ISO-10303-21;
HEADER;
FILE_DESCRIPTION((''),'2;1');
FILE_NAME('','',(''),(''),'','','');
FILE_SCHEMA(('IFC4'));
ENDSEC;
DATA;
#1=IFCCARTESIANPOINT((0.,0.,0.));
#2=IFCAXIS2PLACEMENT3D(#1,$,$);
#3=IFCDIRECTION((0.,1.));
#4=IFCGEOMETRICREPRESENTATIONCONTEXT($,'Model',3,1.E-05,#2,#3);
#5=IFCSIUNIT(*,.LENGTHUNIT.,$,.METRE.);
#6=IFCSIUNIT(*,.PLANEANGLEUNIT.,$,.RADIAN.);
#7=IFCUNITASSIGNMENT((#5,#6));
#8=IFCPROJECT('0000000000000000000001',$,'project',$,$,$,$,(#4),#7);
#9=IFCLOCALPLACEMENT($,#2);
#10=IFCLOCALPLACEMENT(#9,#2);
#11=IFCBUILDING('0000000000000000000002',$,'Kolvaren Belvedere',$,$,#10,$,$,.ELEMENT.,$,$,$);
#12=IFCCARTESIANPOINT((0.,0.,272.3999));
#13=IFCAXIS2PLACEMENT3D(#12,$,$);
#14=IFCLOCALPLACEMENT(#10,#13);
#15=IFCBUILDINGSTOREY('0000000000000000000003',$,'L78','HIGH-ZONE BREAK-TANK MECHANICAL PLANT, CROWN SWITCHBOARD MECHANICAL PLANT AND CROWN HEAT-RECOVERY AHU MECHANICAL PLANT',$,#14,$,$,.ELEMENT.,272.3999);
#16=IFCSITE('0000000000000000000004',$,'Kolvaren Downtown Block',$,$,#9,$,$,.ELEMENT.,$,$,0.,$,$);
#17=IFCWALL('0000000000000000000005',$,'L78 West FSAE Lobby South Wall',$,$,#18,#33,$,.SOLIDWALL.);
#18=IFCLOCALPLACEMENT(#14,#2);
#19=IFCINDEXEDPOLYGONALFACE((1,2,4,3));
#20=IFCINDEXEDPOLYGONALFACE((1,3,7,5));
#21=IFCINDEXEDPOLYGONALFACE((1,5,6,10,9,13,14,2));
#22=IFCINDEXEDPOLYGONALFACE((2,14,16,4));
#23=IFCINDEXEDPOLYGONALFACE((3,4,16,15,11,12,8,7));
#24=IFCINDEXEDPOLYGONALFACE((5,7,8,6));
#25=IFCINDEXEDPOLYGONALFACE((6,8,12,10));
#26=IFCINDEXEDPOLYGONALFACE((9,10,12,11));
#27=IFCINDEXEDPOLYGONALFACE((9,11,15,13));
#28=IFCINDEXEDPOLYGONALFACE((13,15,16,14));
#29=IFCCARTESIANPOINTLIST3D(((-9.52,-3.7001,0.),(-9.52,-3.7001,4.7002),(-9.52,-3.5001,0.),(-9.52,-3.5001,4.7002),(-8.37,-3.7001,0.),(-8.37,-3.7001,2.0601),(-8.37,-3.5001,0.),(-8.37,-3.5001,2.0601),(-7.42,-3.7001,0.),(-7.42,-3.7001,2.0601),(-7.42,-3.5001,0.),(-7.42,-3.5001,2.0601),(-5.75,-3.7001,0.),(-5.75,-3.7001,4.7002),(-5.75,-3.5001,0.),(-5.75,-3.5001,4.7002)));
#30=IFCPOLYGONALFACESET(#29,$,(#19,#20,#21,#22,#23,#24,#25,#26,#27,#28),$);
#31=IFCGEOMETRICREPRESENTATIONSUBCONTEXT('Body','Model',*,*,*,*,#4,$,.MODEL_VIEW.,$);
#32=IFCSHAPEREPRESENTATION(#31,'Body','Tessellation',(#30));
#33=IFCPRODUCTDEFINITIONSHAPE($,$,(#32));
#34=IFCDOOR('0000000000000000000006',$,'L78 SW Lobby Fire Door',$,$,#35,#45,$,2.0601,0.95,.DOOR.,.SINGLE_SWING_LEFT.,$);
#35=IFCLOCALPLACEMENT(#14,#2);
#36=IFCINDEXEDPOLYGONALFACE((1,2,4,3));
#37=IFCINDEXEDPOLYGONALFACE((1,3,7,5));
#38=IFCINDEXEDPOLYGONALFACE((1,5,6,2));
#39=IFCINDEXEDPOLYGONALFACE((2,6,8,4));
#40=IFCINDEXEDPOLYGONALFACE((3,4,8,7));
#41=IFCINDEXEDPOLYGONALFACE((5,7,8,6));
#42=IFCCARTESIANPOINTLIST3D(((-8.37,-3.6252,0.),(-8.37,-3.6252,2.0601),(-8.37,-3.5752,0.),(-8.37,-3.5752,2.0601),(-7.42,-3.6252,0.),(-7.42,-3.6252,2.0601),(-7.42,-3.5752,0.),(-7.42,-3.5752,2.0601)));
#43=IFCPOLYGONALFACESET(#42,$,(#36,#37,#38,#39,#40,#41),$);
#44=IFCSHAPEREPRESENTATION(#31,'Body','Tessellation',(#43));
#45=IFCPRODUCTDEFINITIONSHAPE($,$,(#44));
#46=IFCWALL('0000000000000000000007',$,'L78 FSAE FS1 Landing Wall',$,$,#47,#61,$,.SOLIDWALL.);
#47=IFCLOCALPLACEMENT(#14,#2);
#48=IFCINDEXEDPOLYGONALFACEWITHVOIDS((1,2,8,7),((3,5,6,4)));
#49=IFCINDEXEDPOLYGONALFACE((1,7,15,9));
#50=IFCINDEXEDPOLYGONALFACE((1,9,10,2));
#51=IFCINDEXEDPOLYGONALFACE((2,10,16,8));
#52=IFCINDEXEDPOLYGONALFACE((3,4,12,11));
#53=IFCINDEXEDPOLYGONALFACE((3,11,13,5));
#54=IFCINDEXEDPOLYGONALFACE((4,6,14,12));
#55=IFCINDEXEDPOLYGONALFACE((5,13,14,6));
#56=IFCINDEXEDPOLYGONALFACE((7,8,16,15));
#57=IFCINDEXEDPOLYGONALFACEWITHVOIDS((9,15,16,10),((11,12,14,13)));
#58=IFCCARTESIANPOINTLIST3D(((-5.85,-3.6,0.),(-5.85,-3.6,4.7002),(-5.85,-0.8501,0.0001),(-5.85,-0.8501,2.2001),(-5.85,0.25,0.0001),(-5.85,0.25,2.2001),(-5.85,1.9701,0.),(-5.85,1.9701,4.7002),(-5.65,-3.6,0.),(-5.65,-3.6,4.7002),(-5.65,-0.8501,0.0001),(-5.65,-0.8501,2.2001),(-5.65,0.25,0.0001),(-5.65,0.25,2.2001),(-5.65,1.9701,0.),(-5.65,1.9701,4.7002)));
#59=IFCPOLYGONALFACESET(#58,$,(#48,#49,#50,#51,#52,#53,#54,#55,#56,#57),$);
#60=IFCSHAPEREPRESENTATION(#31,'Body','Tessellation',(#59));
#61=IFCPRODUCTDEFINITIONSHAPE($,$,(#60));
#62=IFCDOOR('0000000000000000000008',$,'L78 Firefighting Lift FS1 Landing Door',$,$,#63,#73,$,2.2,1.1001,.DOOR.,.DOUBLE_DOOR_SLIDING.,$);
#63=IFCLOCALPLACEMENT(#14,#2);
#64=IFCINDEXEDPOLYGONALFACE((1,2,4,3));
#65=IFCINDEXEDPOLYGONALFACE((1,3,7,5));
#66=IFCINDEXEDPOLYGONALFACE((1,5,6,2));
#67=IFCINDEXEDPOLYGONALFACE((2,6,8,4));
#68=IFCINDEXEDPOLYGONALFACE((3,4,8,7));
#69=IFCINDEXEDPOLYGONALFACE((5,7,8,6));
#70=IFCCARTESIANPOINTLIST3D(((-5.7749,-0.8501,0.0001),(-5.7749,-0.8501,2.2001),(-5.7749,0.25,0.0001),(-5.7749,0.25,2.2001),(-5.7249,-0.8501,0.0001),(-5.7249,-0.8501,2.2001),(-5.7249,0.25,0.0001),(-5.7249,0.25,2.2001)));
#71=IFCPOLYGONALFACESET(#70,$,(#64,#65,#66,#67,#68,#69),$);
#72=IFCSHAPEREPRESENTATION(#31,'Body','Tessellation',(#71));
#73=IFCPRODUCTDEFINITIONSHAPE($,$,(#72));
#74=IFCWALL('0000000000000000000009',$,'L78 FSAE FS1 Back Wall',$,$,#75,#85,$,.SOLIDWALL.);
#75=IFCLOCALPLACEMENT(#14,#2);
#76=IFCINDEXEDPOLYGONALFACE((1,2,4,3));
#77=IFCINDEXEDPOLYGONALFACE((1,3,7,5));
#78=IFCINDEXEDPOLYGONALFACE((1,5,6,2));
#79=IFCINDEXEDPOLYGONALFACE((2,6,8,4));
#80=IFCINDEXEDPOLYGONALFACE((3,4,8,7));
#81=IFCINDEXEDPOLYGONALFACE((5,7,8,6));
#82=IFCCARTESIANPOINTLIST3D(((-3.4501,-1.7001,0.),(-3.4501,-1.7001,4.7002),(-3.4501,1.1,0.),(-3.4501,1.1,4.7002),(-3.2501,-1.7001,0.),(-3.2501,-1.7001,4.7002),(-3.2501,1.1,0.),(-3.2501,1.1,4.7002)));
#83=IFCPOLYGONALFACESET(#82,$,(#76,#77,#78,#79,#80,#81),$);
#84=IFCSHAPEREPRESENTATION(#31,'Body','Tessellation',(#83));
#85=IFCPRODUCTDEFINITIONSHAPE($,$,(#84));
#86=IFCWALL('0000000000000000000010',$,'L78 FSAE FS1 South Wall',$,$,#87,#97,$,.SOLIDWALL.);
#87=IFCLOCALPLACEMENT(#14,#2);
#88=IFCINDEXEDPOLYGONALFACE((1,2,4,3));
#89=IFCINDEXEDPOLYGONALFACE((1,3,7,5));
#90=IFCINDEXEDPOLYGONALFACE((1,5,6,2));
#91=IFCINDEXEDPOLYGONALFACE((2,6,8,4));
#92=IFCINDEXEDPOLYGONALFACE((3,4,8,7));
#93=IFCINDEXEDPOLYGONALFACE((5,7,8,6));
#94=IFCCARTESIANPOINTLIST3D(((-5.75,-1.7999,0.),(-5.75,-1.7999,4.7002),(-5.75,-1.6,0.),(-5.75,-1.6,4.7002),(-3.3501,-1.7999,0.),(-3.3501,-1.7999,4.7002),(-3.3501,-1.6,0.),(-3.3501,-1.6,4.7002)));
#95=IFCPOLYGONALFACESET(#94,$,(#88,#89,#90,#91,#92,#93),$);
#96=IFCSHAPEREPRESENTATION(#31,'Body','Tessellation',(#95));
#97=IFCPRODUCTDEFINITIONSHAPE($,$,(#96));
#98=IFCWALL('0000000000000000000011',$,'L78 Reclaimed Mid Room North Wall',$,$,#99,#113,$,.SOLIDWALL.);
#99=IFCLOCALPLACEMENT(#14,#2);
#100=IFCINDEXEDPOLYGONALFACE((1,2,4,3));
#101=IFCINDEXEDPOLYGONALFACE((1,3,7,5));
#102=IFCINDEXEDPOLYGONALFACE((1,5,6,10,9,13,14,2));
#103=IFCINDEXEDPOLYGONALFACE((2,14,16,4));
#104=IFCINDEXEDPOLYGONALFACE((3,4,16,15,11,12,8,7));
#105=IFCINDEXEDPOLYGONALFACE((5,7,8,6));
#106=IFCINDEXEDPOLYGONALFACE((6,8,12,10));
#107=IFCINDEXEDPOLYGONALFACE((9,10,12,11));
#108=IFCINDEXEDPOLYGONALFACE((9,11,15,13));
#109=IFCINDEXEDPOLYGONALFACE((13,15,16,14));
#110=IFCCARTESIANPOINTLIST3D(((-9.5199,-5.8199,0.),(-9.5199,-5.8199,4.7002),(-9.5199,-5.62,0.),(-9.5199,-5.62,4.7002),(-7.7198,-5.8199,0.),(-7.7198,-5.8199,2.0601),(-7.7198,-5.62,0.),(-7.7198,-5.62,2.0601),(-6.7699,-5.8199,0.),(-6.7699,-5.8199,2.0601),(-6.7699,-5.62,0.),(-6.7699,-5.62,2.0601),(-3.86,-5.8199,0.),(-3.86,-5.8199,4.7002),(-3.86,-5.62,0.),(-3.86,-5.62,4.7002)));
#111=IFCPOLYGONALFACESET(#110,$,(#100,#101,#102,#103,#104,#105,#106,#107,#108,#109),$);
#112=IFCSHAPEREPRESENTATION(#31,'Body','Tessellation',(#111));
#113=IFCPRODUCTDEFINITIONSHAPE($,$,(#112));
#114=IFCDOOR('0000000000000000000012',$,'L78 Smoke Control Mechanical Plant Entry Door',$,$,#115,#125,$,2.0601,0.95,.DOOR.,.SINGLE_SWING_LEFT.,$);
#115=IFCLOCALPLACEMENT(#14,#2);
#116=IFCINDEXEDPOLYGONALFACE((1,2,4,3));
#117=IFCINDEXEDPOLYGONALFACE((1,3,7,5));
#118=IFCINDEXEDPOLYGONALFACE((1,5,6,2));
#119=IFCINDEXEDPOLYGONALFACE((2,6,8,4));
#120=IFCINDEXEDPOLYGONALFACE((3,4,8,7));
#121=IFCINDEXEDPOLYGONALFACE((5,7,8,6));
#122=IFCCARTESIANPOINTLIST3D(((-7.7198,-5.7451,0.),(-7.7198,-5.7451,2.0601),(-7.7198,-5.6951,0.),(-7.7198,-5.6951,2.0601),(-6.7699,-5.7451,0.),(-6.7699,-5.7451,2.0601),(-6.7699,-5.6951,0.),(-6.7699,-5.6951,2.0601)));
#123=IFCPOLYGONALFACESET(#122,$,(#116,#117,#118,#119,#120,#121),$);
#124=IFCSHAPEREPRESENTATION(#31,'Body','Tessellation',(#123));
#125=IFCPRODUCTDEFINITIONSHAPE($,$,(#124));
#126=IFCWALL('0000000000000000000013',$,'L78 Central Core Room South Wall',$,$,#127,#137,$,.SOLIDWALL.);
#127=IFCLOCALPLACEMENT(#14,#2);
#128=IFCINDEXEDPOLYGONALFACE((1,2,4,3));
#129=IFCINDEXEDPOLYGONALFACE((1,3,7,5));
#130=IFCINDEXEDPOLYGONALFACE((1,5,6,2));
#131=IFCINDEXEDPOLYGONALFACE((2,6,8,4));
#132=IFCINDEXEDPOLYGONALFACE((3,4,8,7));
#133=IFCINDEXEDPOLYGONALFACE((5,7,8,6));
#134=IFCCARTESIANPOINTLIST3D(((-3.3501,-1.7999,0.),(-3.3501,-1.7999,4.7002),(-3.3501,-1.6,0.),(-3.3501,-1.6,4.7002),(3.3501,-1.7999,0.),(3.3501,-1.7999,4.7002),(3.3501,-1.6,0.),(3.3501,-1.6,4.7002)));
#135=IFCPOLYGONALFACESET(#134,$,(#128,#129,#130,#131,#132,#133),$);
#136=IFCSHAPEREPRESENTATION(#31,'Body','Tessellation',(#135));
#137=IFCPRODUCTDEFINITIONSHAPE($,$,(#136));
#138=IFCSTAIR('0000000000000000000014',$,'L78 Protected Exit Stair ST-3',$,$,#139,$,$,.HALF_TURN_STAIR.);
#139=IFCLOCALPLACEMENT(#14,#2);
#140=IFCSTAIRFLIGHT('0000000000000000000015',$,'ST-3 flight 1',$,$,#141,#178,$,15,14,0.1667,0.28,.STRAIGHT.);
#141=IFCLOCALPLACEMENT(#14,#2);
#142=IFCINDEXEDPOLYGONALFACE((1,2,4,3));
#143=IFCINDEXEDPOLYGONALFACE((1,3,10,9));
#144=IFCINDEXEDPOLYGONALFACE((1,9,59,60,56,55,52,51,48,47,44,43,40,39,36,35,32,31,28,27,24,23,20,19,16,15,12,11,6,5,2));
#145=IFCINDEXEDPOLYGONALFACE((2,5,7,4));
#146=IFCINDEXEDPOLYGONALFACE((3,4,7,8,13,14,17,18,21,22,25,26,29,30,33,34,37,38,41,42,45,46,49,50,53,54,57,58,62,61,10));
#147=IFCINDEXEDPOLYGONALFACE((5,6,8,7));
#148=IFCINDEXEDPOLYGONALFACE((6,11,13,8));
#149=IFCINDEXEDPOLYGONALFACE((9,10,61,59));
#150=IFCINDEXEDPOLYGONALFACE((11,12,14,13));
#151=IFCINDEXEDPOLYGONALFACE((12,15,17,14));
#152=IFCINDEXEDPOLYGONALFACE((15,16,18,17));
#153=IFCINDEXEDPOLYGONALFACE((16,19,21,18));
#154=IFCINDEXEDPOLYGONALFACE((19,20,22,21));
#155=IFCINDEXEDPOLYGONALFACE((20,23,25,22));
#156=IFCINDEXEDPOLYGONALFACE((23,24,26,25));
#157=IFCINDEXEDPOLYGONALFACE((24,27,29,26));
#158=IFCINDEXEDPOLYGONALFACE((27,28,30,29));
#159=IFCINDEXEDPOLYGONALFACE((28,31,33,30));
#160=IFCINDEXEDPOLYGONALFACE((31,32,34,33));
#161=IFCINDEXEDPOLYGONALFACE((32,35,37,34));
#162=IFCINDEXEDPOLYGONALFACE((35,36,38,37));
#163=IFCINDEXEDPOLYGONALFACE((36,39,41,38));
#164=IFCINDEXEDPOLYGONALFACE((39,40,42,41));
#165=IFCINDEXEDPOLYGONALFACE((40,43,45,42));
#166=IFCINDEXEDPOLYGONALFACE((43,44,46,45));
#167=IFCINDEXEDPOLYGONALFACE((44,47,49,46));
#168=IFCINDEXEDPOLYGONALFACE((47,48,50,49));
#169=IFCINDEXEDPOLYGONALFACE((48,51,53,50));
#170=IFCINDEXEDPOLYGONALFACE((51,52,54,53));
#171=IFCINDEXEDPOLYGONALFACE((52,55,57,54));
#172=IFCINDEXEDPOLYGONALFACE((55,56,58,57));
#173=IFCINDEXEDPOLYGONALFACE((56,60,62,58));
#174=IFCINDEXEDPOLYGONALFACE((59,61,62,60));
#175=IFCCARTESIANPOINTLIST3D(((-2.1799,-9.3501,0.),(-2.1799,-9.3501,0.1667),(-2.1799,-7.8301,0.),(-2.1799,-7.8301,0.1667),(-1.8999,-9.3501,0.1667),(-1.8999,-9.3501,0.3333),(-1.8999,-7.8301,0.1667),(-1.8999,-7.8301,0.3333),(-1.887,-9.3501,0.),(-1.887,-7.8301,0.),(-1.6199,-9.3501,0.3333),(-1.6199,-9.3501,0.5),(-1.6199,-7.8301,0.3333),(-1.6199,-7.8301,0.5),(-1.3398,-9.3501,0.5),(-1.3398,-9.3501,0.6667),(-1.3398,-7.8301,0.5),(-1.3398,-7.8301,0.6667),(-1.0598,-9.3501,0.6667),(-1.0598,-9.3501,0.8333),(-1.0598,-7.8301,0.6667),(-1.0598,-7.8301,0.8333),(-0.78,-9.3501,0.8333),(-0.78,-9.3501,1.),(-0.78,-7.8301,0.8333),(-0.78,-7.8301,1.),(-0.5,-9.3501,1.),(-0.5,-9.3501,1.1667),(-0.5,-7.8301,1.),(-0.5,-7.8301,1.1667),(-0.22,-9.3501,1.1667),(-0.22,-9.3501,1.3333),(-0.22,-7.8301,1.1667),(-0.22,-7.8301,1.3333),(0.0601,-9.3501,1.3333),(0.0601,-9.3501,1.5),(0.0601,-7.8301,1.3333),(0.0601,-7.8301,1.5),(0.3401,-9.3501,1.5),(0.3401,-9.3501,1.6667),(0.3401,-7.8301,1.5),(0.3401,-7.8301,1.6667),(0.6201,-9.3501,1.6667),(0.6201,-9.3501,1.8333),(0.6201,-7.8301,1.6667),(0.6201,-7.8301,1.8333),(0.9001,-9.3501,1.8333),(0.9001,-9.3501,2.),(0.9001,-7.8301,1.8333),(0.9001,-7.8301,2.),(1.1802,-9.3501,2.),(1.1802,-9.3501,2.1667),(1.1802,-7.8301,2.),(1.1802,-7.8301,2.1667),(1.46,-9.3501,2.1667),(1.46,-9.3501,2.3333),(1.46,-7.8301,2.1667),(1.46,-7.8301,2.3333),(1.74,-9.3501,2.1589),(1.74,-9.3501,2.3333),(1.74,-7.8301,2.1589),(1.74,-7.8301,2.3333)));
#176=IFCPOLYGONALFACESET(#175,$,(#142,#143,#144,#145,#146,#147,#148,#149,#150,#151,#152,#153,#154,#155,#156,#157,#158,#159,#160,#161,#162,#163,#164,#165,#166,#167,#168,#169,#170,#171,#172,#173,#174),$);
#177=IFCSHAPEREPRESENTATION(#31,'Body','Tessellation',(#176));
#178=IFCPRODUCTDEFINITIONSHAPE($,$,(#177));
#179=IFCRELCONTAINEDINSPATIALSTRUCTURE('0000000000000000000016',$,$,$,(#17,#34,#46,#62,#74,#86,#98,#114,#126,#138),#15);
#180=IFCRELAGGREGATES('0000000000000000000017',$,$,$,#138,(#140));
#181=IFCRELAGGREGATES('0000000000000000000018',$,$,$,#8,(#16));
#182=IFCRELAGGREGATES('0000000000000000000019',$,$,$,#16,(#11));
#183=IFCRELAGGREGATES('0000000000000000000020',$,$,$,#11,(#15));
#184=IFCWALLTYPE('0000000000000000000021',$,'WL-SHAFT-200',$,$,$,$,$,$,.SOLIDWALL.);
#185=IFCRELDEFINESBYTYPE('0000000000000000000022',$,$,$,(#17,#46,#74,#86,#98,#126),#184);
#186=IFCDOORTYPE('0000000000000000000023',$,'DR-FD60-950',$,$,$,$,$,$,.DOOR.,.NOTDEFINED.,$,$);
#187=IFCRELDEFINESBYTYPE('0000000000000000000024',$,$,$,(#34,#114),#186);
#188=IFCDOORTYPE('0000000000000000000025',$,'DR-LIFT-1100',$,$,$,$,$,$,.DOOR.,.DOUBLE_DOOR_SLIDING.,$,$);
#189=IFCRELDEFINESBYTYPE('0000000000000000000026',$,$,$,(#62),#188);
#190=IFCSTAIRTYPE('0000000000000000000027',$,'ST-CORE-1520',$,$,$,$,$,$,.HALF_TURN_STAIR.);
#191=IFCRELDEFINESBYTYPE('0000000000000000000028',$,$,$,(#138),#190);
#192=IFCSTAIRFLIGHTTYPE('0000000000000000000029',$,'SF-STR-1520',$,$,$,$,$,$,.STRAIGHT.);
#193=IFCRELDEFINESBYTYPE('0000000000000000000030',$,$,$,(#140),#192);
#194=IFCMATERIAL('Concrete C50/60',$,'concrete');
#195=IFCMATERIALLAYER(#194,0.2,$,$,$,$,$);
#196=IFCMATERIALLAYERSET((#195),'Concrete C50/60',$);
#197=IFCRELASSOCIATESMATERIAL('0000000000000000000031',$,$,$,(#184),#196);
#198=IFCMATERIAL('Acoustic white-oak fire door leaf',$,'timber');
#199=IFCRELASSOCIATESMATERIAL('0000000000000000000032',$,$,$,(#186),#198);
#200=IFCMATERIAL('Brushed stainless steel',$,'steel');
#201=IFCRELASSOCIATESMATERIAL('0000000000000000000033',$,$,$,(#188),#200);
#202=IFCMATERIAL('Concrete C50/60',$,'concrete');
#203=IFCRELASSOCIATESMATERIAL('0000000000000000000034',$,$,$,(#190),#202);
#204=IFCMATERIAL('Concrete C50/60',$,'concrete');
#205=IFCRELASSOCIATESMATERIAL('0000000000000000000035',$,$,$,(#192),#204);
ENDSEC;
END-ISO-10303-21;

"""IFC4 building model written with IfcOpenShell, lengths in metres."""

from ifc_helpers import new_model, si_unit, direction, frame, frame_2d, origin, place, context, subcontext, project, spatial, polyline, rectangle, outline, extrude, material, layer, layer_set, type_object, element, fill, aggregate, save


model = new_model("IFC4")

# Units and contexts
model_context = context("Model", 3, precision=1e-05, world=origin(), true_north=direction((0.0, 1.0)))
body_context = subcontext(model_context, "Body", "Model", "MODEL_VIEW")
ifc_project = project(units=[si_unit("LENGTHUNIT", "METRE"), si_unit("PLANEANGLEUNIT", "RADIAN")], contexts=[model_context])

# Site, building, storey
site_placement = place(None, origin())
site = spatial("IfcSite", under=ifc_project, at=site_placement, Name="Kolvaren Downtown Block", CompositionType="ELEMENT", RefElevation=0.0)
building_placement = place(site_placement, origin())
building = spatial("IfcBuilding", under=site, at=building_placement, Name="Kolvaren Belvedere", CompositionType="ELEMENT")
storey_placement = place(building_placement, frame((0.0, 0.0, 272.3999)))
storey = spatial("IfcBuildingStorey", under=building, at=storey_placement, Name="L78", Description="HIGH-ZONE BREAK-TANK MECHANICAL PLANT, CROWN SWITCHBOARD MECHANICAL PLANT AND CROWN HEAT-RECOVERY AHU MECHANICAL PLANT", CompositionType="ELEMENT", Elevation=272.3999)

# Walls, openings, doors
ifc_material_1 = material(Name="Concrete C50/60", Category="concrete")
ifc_layer_1 = layer(ifc_material_1, 0.2)
ifc_layer_set_1 = layer_set([ifc_layer_1], Name="Concrete C50/60")
wall_type_1 = type_object("IfcWallType", Name="WL-SHAFT-200", PredefinedType="SOLIDWALL", material=ifc_layer_set_1)
wall_1_placement = place(storey_placement, frame((-9.52, -3.6001, 0.0), z_axis=(0.0, 0.0, 1.0), x_axis=(1.0, 0.0, 0.0)))
wall_1 = element("IfcWall", 1, at=wall_1_placement, inside=storey, type_object=wall_type_1, Name="L78 West FSAE Lobby South Wall", PredefinedType="SOLIDWALL", context=body_context, shape_type="SweptSolid", body=[
    extrude(rectangle(XDim=3.77, YDim=0.2, at=frame_2d((1.885, 0.0))), origin(), (0.0, 0.0, 1.0), 4.7002),
])
opening_1_placement = place(wall_1_placement, frame((1.1499, 0.0, 0.0)))
opening_1 = element("IfcOpeningElement", 2, at=opening_1_placement, cuts=wall_1, PredefinedType="OPENING", context=body_context, shape_type="SweptSolid", body=[
    extrude(rectangle(XDim=0.95, YDim=2.0601, at=frame_2d((0.4751, 1.03))), frame((0.0, 0.1099, 0.0), z_axis=(0.0, -1.0, 0.0), x_axis=(1.0, 0.0, 0.0)), (0.0, 0.0, 1.0), 0.22),
])
ifc_material_2 = material(Name="Acoustic white-oak fire door leaf", Category="timber")
door_type_1 = type_object("IfcDoorType", Name="DR-FD60-950", OperationType="NOTDEFINED", PredefinedType="DOOR", material=ifc_material_2)
door_1_placement = place(opening_1_placement, origin())
door_1 = element("IfcDoor", 3, at=door_1_placement, inside=storey, type_object=door_type_1, Name="L78 SW Lobby Fire Door", OperationType="SINGLE_SWING_LEFT", OverallHeight=2.0601, OverallWidth=0.95, PredefinedType="DOOR", context=body_context, shape_type="SweptSolid", body=[
    extrude(rectangle(XDim=0.95, YDim=2.0601, at=frame_2d((0.4751, 1.03))), frame((0.0, 0.0249, 0.0), z_axis=(0.0, -1.0, 0.0), x_axis=(1.0, 0.0, 0.0)), (0.0, 0.0, 1.0), 0.05),
])
fill(opening_1, door_1)
wall_2_placement = place(storey_placement, frame((-5.75, -3.6001, 0.0), z_axis=(0.0, 0.0, 1.0), x_axis=(0.0, 1.0, 0.0)))
wall_2 = element("IfcWall", 4, at=wall_2_placement, inside=storey, type_object=wall_type_1, Name="L78 FSAE FS1 Landing Wall", PredefinedType="SOLIDWALL", context=body_context, shape_type="SweptSolid", body=[
    extrude(rectangle(XDim=5.5701, YDim=0.2, at=frame_2d((2.7852, 0.0))), origin(), (0.0, 0.0, 1.0), 4.7002),
])
opening_2_placement = place(wall_2_placement, frame((2.75, 0.0, 0.0)))
opening_2 = element("IfcOpeningElement", 5, at=opening_2_placement, cuts=wall_2, PredefinedType="OPENING", context=body_context, shape_type="SweptSolid", body=[
    extrude(rectangle(XDim=1.1001, YDim=2.2, at=frame_2d((0.55, 1.1001))), frame((0.0, 0.1099, 0.0), z_axis=(0.0, -1.0, 0.0), x_axis=(1.0, 0.0, 0.0)), (0.0, 0.0, 1.0), 0.22),
])
ifc_material_3 = material(Name="Brushed stainless steel", Category="steel")
door_type_2 = type_object("IfcDoorType", Name="DR-LIFT-1100", OperationType="DOUBLE_DOOR_SLIDING", PredefinedType="DOOR", material=ifc_material_3)
door_2_placement = place(opening_2_placement, origin())
door_2 = element("IfcDoor", 6, at=door_2_placement, inside=storey, type_object=door_type_2, Name="L78 Firefighting Lift FS1 Landing Door", OperationType="DOUBLE_DOOR_SLIDING", OverallHeight=2.2, OverallWidth=1.1001, PredefinedType="DOOR", context=body_context, shape_type="SweptSolid", body=[
    extrude(rectangle(XDim=1.1001, YDim=2.2, at=frame_2d((0.55, 1.1001))), frame((0.0, 0.0249, 0.0), z_axis=(0.0, -1.0, 0.0), x_axis=(1.0, 0.0, 0.0)), (0.0, 0.0, 1.0), 0.05),
])
fill(opening_2, door_2)

# Walls
wall_3_placement = place(storey_placement, frame((-3.3501, -1.7, 0.0), z_axis=(0.0, 0.0, 1.0), x_axis=(0.0, 1.0, 0.0)))
element("IfcWall", 7, at=wall_3_placement, inside=storey, type_object=wall_type_1, Name="L78 FSAE FS1 Back Wall", PredefinedType="SOLIDWALL", context=body_context, shape_type="SweptSolid", body=[
    extrude(rectangle(XDim=2.8, YDim=0.2, at=frame_2d((1.3999, 0.0))), origin(), (0.0, 0.0, 1.0), 4.7002),
])
wall_4_placement = place(storey_placement, frame((-5.75, -1.7, 0.0), z_axis=(0.0, 0.0, 1.0), x_axis=(1.0, 0.0, 0.0)))
element("IfcWall", 8, at=wall_4_placement, inside=storey, type_object=wall_type_1, Name="L78 FSAE FS1 South Wall", PredefinedType="SOLIDWALL", context=body_context, shape_type="SweptSolid", body=[
    extrude(rectangle(XDim=2.3999, YDim=0.2, at=frame_2d((1.2, 0.0))), origin(), (0.0, 0.0, 1.0), 4.7002),
])

# Wall, opening, door
wall_5_placement = place(storey_placement, frame((-9.52, -5.72, 0.0), z_axis=(0.0, 0.0, 1.0), x_axis=(1.0, 0.0, 0.0)))
wall_5 = element("IfcWall", 9, at=wall_5_placement, inside=storey, type_object=wall_type_1, Name="L78 Reclaimed Mid Room North Wall", PredefinedType="SOLIDWALL", context=body_context, shape_type="SweptSolid", body=[
    extrude(rectangle(XDim=5.6599, YDim=0.2, at=frame_2d((2.8301, 0.0))), origin(), (0.0, 0.0, 1.0), 4.7002),
])
opening_3_placement = place(wall_5_placement, frame((1.8, 0.0, 0.0)))
opening_3 = element("IfcOpeningElement", 10, at=opening_3_placement, cuts=wall_5, PredefinedType="OPENING", context=body_context, shape_type="SweptSolid", body=[
    extrude(rectangle(XDim=0.95, YDim=2.0601, at=frame_2d((0.4751, 1.03))), frame((0.0, 0.1099, 0.0), z_axis=(0.0, -1.0, 0.0), x_axis=(1.0, 0.0, 0.0)), (0.0, 0.0, 1.0), 0.22),
])
door_3_placement = place(opening_3_placement, origin())
door_3 = element("IfcDoor", 11, at=door_3_placement, inside=storey, type_object=door_type_1, Name="L78 Smoke Control Mechanical Plant Entry Door", OperationType="SINGLE_SWING_LEFT", OverallHeight=2.0601, OverallWidth=0.95, PredefinedType="DOOR", context=body_context, shape_type="SweptSolid", body=[
    extrude(rectangle(XDim=0.95, YDim=2.0601, at=frame_2d((0.4751, 1.03))), frame((0.0, 0.0249, 0.0), z_axis=(0.0, -1.0, 0.0), x_axis=(1.0, 0.0, 0.0)), (0.0, 0.0, 1.0), 0.05),
])
fill(opening_3, door_3)

# Wall
wall_6_placement = place(storey_placement, frame((-3.3501, -1.7, 0.0), z_axis=(0.0, 0.0, 1.0), x_axis=(1.0, 0.0, 0.0)))
element("IfcWall", 12, at=wall_6_placement, inside=storey, type_object=wall_type_1, Name="L78 Central Core Room South Wall", PredefinedType="SOLIDWALL", context=body_context, shape_type="SweptSolid", body=[
    extrude(rectangle(XDim=6.7002, YDim=0.2, at=frame_2d((3.3501, 0.0))), origin(), (0.0, 0.0, 1.0), 4.7002),
])

# Stair, stair flight
ifc_material_4 = material(Name="Concrete C50/60", Category="concrete")
stair_type = type_object("IfcStairType", Name="ST-CORE-1520", PredefinedType="HALF_TURN_STAIR", material=ifc_material_4)
stair_placement = place(storey_placement, origin())
stair = element("IfcStair", 13, at=stair_placement, inside=storey, type_object=stair_type, Name="L78 Protected Exit Stair ST-3", PredefinedType="HALF_TURN_STAIR")
ifc_material_5 = material(Name="Concrete C50/60", Category="concrete")
stair_flight_type = type_object("IfcStairFlightType", Name="SF-STR-1520", PredefinedType="STRAIGHT", material=ifc_material_5)
stair_flight_placement = place(storey_placement, frame((-2.1799, -8.5901, 0.0), z_axis=(0.0, 0.0, 1.0), x_axis=(1.0, 0.0, 0.0)))
stair_flight = element("IfcStairFlight", 14, at=stair_flight_placement, type_object=stair_flight_type, Name="ST-3 flight 1", NumberOfRisers=15, NumberOfTreads=14, PredefinedType="STRAIGHT", RiserHeight=0.1667, TreadLength=0.28, context=body_context, shape_type="SweptSolid", body=[
    extrude(outline(polyline([(0.0, 0.0), (0.0, 0.1667), (0.28, 0.1667), (0.28, 0.3333), (0.5601, 0.3333), (0.5601, 0.5), (0.8401, 0.5), (0.8401, 0.6667), (1.1201, 0.6667), (1.1201, 0.8333), (1.3999, 0.8333), (1.3999, 1.0), (1.6799, 1.0), (1.6799, 1.1667), (1.96, 1.1667), (1.96, 1.3333), (2.24, 1.3333), (2.24, 1.5), (2.52, 1.5), (2.52, 1.6667), (2.8, 1.6667), (2.8, 1.8333), (3.0801, 1.8333), (3.0801, 2.0), (3.3601, 2.0), (3.3601, 2.1667), (3.6399, 2.1667), (3.6399, 2.3333), (3.9199, 2.3333), (3.9199, 2.5), (3.9199, 2.1589), (0.293, 0.0), (0.0, 0.0)])), frame((0.0, 0.76, 0.0), z_axis=(0.0, -1.0, 0.0), x_axis=(1.0, 0.0, 0.0)), (0.0, 0.0, 1.0), 1.52),
])
aggregate(stair, [stair_flight])

save(model, "model.ifc")
